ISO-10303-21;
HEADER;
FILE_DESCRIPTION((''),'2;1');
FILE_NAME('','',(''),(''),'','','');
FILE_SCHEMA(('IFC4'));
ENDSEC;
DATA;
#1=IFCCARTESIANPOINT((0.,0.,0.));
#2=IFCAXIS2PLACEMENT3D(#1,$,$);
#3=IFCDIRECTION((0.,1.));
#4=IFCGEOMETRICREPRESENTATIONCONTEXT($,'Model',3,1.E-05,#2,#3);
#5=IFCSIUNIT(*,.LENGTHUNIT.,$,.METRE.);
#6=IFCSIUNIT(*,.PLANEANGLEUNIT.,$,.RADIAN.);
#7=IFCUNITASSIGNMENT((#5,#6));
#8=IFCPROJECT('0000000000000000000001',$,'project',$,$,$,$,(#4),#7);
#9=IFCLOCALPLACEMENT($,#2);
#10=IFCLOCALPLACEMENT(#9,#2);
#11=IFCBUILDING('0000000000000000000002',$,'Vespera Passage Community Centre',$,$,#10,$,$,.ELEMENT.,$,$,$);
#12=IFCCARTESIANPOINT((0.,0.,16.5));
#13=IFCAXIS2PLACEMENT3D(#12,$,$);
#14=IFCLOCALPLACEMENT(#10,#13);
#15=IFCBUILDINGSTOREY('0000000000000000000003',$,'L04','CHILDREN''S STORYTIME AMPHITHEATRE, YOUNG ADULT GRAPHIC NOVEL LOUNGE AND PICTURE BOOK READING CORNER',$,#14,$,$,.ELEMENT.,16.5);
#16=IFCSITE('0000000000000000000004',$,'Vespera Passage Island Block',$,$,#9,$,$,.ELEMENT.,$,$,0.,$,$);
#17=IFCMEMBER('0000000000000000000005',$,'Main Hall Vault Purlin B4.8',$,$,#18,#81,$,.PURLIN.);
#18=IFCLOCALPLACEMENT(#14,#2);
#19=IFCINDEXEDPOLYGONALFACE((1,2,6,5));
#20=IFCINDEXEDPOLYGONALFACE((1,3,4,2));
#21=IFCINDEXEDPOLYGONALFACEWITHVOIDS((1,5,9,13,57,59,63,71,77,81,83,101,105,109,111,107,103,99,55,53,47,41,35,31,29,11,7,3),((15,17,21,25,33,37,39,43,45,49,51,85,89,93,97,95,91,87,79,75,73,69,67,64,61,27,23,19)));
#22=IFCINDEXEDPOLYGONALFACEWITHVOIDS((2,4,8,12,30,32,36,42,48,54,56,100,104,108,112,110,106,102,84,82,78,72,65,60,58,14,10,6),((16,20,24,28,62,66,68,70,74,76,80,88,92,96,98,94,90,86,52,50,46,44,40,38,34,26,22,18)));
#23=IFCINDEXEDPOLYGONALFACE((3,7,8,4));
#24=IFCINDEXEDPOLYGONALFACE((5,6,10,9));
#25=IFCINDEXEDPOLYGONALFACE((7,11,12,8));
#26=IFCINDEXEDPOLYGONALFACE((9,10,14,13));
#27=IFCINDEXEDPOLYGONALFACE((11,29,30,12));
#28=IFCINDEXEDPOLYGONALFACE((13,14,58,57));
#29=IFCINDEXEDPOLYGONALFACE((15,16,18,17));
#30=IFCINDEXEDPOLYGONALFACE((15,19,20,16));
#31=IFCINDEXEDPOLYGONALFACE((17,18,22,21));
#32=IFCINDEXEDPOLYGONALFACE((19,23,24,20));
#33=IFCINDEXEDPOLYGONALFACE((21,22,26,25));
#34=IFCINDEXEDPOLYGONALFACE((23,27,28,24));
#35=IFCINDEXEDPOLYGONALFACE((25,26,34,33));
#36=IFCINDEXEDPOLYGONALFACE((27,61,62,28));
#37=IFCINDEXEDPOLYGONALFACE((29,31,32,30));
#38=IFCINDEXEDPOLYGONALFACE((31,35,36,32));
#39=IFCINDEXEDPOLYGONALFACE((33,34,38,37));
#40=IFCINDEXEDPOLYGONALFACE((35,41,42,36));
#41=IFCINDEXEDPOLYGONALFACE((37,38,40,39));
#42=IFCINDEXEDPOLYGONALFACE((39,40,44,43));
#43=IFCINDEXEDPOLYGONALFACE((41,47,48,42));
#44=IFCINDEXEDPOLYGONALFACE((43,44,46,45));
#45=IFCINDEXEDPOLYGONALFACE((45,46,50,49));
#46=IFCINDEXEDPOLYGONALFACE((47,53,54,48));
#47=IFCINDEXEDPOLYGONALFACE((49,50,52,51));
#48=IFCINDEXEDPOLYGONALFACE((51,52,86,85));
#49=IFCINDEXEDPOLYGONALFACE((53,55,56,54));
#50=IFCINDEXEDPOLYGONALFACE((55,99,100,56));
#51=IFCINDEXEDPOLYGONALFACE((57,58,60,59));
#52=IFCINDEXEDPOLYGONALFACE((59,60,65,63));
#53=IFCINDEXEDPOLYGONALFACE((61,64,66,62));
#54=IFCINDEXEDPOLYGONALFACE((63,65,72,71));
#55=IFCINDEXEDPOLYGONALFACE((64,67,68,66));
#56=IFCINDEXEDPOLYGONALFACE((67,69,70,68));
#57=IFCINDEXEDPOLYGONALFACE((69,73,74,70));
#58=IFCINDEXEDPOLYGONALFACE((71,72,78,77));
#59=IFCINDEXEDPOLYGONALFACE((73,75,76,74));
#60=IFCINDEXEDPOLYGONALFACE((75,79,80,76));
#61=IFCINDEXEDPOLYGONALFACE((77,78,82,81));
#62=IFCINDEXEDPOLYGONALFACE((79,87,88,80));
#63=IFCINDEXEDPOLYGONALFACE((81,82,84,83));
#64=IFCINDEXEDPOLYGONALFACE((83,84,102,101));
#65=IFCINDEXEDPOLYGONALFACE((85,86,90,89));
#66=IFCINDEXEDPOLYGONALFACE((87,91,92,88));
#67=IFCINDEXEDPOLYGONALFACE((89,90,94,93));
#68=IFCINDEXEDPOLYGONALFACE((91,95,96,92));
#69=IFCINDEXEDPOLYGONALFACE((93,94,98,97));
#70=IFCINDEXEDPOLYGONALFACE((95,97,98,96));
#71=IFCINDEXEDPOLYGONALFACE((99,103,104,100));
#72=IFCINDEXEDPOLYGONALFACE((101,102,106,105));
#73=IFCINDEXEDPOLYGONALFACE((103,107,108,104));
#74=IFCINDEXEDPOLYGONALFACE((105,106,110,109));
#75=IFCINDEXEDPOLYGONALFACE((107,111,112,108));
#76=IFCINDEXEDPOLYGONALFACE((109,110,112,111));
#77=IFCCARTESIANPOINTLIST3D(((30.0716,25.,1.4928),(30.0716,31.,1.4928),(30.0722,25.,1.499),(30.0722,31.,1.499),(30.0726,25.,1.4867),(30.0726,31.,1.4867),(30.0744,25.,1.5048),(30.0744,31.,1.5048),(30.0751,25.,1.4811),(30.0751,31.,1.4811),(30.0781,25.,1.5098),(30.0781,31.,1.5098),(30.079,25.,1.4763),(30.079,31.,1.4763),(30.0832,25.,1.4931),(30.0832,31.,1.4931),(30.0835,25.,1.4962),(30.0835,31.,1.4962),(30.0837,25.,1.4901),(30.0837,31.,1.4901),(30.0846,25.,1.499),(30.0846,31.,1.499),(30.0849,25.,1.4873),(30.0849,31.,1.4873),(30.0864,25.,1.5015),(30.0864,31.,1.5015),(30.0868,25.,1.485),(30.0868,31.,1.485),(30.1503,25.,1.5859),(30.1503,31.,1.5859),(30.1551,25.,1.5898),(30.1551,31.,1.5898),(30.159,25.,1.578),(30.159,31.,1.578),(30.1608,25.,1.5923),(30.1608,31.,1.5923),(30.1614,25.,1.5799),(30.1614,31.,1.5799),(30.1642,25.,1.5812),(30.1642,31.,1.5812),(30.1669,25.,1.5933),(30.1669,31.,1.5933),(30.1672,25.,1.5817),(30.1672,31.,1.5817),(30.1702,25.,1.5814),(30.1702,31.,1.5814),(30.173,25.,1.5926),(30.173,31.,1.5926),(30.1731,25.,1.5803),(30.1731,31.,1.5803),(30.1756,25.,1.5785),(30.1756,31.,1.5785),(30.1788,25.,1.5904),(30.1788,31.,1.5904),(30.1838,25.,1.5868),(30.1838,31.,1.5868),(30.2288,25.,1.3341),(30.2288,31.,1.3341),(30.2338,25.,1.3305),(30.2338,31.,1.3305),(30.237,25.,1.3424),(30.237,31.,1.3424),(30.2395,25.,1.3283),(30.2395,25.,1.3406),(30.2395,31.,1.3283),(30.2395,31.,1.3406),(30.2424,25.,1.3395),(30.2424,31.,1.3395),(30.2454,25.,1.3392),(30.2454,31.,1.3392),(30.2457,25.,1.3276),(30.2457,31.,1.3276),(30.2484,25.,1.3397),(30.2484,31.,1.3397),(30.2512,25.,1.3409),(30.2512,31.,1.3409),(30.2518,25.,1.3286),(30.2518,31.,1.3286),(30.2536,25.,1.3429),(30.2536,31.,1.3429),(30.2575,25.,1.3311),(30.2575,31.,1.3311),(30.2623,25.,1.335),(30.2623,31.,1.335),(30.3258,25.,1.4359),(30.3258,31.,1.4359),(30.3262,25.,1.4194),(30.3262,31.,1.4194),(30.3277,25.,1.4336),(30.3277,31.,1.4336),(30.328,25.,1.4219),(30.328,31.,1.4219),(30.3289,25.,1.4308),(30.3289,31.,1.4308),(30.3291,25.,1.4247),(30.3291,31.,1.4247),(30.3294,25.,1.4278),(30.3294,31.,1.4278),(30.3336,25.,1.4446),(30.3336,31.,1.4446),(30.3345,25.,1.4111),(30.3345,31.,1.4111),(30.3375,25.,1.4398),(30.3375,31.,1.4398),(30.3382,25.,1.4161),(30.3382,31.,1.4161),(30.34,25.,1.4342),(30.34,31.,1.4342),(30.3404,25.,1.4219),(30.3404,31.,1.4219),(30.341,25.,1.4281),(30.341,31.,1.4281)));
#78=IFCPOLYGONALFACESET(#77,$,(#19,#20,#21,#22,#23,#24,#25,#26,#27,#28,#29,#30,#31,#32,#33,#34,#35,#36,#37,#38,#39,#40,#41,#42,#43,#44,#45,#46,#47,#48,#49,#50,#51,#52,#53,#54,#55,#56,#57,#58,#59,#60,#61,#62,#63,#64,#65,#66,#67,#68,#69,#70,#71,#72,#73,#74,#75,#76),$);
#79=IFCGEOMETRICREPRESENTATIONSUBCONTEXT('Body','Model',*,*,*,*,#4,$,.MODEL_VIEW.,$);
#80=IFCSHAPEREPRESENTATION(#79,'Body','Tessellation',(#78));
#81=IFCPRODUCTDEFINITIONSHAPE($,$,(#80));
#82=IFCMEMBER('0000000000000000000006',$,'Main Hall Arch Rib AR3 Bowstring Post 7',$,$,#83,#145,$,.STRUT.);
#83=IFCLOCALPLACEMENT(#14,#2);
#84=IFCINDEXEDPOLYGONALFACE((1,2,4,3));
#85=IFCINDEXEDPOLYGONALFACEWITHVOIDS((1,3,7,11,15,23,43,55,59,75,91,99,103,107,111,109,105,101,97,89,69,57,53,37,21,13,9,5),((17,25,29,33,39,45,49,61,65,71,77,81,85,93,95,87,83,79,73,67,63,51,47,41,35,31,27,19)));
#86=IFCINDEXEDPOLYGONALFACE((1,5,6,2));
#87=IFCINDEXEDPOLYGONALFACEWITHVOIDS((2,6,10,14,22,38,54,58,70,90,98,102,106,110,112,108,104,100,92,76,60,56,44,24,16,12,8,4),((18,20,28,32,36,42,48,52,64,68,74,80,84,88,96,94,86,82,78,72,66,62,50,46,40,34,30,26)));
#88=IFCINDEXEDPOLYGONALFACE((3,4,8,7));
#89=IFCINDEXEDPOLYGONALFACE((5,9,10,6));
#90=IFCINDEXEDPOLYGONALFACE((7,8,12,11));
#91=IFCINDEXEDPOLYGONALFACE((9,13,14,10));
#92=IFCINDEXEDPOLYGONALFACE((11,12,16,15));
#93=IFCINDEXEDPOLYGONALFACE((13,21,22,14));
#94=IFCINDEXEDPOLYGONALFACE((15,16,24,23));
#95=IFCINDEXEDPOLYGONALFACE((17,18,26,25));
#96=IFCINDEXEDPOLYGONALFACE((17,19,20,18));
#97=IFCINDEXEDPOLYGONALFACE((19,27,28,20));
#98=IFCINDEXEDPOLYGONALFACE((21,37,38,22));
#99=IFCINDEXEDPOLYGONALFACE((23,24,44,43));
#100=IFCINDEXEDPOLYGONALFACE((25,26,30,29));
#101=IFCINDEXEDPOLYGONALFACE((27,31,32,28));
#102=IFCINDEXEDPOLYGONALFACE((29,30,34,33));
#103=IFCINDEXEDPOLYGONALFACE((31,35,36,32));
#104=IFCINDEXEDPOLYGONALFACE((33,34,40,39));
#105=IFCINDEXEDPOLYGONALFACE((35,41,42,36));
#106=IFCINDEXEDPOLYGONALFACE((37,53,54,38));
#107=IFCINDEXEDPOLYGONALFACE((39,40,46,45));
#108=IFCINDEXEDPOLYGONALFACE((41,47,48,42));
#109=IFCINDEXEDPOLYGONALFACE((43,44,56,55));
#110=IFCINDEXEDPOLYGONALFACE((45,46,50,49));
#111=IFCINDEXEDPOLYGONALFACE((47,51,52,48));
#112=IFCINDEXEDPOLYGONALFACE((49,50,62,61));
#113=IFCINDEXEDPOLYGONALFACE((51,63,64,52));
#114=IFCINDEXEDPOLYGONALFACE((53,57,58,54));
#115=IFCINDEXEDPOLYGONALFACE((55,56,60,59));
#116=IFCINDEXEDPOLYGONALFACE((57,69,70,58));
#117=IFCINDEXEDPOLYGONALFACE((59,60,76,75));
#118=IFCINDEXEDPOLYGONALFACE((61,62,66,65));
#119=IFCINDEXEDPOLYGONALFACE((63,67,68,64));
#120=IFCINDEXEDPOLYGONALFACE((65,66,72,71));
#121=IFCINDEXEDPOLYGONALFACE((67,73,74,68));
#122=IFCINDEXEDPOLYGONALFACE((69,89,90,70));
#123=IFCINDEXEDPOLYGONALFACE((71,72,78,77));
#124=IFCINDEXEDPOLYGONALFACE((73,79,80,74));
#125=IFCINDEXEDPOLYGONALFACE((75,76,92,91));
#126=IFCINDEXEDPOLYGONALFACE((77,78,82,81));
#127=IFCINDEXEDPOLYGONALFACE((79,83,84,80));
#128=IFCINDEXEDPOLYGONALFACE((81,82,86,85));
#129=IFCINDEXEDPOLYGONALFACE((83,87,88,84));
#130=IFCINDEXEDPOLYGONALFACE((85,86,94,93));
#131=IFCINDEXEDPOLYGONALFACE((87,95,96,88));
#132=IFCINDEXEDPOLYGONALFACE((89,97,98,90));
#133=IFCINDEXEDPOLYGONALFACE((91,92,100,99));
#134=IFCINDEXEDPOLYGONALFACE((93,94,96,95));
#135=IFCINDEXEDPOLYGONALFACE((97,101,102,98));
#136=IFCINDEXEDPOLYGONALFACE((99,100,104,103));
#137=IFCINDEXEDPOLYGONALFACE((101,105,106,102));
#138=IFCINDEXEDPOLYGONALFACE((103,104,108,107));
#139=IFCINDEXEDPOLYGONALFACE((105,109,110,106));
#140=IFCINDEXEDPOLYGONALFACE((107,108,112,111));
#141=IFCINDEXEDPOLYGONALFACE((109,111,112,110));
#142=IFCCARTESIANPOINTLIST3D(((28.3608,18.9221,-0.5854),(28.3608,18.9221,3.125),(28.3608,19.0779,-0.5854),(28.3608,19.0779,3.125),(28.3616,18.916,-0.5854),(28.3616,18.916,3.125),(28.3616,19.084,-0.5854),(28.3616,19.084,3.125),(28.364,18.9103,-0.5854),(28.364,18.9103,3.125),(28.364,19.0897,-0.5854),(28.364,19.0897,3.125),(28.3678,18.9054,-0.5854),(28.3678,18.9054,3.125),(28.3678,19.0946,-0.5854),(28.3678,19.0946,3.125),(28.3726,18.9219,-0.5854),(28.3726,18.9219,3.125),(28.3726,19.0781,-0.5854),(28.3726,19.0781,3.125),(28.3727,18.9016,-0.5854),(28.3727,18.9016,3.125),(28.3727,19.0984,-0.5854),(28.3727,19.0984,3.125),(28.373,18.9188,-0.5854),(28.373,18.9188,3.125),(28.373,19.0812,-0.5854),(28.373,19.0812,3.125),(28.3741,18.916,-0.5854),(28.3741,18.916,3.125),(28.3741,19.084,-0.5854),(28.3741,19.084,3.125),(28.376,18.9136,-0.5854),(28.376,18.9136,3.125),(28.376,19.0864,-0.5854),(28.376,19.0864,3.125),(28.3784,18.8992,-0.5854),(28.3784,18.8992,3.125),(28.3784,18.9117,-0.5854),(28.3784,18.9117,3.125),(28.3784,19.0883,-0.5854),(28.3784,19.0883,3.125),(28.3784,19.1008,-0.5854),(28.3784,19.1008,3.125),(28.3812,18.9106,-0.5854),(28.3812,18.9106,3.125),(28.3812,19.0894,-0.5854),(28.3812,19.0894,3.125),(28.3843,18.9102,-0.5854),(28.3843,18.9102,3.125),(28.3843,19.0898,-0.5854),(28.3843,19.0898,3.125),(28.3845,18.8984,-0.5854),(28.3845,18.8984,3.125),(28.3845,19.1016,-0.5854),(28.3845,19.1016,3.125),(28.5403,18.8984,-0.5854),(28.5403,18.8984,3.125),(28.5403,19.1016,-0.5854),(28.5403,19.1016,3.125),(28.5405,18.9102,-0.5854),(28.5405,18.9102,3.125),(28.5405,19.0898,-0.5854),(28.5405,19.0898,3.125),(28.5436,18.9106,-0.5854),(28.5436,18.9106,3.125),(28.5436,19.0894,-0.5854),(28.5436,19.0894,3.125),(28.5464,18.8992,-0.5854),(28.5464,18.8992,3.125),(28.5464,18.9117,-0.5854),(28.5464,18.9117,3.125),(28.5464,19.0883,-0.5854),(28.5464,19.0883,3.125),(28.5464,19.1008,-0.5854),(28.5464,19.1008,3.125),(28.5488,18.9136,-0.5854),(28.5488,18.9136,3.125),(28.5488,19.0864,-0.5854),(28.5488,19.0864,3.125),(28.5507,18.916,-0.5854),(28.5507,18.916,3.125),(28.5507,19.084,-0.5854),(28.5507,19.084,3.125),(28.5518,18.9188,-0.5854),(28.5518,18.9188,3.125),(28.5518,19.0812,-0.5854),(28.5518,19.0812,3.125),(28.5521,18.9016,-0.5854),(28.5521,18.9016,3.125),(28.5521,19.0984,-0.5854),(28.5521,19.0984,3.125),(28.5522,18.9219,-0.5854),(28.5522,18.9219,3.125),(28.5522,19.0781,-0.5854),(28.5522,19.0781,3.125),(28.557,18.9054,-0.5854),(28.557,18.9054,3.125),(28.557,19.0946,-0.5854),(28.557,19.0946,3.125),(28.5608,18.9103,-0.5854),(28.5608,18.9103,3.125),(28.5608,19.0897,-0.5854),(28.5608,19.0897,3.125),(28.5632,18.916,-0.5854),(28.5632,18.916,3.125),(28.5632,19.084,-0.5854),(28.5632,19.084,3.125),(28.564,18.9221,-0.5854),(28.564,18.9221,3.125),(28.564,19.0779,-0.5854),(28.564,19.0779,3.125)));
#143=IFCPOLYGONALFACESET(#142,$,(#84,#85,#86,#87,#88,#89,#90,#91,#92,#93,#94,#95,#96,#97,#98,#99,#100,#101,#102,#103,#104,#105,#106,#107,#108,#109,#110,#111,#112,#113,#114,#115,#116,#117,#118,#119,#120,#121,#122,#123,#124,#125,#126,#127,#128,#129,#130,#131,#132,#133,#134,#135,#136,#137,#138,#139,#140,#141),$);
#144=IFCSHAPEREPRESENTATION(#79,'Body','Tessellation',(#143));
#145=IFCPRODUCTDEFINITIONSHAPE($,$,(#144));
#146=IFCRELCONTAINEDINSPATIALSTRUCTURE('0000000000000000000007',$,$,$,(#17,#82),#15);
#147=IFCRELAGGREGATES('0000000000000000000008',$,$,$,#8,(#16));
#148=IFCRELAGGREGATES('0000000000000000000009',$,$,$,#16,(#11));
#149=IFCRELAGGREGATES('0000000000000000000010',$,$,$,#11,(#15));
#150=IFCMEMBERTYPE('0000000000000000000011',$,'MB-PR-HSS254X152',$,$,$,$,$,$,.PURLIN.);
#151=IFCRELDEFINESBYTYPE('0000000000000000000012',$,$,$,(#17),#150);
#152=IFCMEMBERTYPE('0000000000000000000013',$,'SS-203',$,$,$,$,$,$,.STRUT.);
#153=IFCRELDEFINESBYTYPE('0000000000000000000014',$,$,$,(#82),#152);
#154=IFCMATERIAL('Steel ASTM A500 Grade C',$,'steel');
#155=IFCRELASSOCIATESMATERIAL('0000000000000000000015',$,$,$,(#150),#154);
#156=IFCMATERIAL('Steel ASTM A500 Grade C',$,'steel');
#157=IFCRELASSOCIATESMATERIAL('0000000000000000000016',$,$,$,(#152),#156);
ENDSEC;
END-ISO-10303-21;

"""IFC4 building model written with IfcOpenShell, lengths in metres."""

from ifc_helpers import new_model, si_unit, direction, frame, origin, origin_2d, place, context, subcontext, project, spatial, hollow_rectangle, extrude, material, material_profile, profile_set, type_object, element, save


model = new_model("IFC4")

# Units and contexts
model_context = context("Model", 3, precision=1e-05, world=origin(), true_north=direction((0.0, 1.0)))
body_context = subcontext(model_context, "Body", "Model", "MODEL_VIEW")
ifc_project = project(units=[si_unit("LENGTHUNIT", "METRE"), si_unit("PLANEANGLEUNIT", "RADIAN")], contexts=[model_context])

# Site, building, storey
site_placement = place(None, origin())
site = spatial("IfcSite", under=ifc_project, at=site_placement, Name="Vespera Passage Island Block", CompositionType="ELEMENT", RefElevation=0.0)
building_placement = place(site_placement, origin())
building = spatial("IfcBuilding", under=site, at=building_placement, Name="Vespera Passage Community Centre", CompositionType="ELEMENT")
storey_placement = place(building_placement, frame((0.0, 0.0, 16.5)))
storey = spatial("IfcBuildingStorey", under=building, at=storey_placement, Name="L04", Description="CHILDREN'S STORYTIME AMPHITHEATRE, YOUNG ADULT GRAPHIC NOVEL LOUNGE AND PICTURE BOOK READING CORNER", CompositionType="ELEMENT", Elevation=16.5)

# Members
ifc_material_1 = material(Name="Steel ASTM A500 Grade C", Category="steel")
ifc_material_profile_1 = material_profile(ifc_material_1, hollow_rectangle(XDim=0.1523, YDim=0.2539, WallThickness=0.0117, InnerFilletRadius=0.0117, OuterFilletRadius=0.0237, at=origin_2d()), Name="HSS254X152X12.7")
ifc_profile_set_1 = profile_set([ifc_material_profile_1], Name="Steel ASTM A500 Grade C")
member_type_1 = type_object("IfcMemberType", Name="MB-PR-HSS254X152", PredefinedType="PURLIN", material=ifc_profile_set_1)
for number, where, z_axis, x_axis, name in (
    (1, (30.2063, 25.0, 1.4604), (0.0, 1.0, 0.0), (-0.688355, 0.0, -0.725374), "Main Hall Vault Purlin B4.8"),
):
    element("IfcMember", number, at=place(storey_placement, frame(where, z_axis=z_axis, x_axis=x_axis)), inside=storey, type_object=member_type_1, Name=name, PredefinedType="PURLIN", context=body_context, shape_type="SweptSolid", body=[
        extrude(hollow_rectangle(XDim=0.1523, YDim=0.2539, WallThickness=0.0117, InnerFilletRadius=0.0117, OuterFilletRadius=0.0237, at=origin_2d()), origin(), (0.0, 0.0, 1.0), 6.0),
    ])
ifc_material_2 = material(Name="Steel ASTM A500 Grade C", Category="steel")
ifc_material_profile_2 = material_profile(ifc_material_2, hollow_rectangle(XDim=0.2031, YDim=0.2031, WallThickness=0.0117, InnerFilletRadius=0.0117, OuterFilletRadius=0.0237, at=origin_2d()), Name="HSS203X203X12.7")
ifc_profile_set_2 = profile_set([ifc_material_profile_2], Name="Steel ASTM A500 Grade C")
member_type_2 = type_object("IfcMemberType", Name="SS-203", PredefinedType="STRUT", material=ifc_profile_set_2)
for number, where, z_axis, x_axis, name in (
    (2, (28.4624, 19.0, -0.5854), (0.0, 0.0, 1.0), (1.0, 0.0, 0.0), "Main Hall Arch Rib AR3 Bowstring Post 7"),
):
    element("IfcMember", number, at=place(storey_placement, frame(where, z_axis=z_axis, x_axis=x_axis)), inside=storey, type_object=member_type_2, Name=name, PredefinedType="STRUT", context=body_context, shape_type="SweptSolid", body=[
        extrude(hollow_rectangle(XDim=0.2031, YDim=0.2031, WallThickness=0.0117, InnerFilletRadius=0.0117, OuterFilletRadius=0.0237, at=origin_2d()), origin(), (0.0, 0.0, 1.0), 3.7104),
    ])

save(model, "model.ifc")
